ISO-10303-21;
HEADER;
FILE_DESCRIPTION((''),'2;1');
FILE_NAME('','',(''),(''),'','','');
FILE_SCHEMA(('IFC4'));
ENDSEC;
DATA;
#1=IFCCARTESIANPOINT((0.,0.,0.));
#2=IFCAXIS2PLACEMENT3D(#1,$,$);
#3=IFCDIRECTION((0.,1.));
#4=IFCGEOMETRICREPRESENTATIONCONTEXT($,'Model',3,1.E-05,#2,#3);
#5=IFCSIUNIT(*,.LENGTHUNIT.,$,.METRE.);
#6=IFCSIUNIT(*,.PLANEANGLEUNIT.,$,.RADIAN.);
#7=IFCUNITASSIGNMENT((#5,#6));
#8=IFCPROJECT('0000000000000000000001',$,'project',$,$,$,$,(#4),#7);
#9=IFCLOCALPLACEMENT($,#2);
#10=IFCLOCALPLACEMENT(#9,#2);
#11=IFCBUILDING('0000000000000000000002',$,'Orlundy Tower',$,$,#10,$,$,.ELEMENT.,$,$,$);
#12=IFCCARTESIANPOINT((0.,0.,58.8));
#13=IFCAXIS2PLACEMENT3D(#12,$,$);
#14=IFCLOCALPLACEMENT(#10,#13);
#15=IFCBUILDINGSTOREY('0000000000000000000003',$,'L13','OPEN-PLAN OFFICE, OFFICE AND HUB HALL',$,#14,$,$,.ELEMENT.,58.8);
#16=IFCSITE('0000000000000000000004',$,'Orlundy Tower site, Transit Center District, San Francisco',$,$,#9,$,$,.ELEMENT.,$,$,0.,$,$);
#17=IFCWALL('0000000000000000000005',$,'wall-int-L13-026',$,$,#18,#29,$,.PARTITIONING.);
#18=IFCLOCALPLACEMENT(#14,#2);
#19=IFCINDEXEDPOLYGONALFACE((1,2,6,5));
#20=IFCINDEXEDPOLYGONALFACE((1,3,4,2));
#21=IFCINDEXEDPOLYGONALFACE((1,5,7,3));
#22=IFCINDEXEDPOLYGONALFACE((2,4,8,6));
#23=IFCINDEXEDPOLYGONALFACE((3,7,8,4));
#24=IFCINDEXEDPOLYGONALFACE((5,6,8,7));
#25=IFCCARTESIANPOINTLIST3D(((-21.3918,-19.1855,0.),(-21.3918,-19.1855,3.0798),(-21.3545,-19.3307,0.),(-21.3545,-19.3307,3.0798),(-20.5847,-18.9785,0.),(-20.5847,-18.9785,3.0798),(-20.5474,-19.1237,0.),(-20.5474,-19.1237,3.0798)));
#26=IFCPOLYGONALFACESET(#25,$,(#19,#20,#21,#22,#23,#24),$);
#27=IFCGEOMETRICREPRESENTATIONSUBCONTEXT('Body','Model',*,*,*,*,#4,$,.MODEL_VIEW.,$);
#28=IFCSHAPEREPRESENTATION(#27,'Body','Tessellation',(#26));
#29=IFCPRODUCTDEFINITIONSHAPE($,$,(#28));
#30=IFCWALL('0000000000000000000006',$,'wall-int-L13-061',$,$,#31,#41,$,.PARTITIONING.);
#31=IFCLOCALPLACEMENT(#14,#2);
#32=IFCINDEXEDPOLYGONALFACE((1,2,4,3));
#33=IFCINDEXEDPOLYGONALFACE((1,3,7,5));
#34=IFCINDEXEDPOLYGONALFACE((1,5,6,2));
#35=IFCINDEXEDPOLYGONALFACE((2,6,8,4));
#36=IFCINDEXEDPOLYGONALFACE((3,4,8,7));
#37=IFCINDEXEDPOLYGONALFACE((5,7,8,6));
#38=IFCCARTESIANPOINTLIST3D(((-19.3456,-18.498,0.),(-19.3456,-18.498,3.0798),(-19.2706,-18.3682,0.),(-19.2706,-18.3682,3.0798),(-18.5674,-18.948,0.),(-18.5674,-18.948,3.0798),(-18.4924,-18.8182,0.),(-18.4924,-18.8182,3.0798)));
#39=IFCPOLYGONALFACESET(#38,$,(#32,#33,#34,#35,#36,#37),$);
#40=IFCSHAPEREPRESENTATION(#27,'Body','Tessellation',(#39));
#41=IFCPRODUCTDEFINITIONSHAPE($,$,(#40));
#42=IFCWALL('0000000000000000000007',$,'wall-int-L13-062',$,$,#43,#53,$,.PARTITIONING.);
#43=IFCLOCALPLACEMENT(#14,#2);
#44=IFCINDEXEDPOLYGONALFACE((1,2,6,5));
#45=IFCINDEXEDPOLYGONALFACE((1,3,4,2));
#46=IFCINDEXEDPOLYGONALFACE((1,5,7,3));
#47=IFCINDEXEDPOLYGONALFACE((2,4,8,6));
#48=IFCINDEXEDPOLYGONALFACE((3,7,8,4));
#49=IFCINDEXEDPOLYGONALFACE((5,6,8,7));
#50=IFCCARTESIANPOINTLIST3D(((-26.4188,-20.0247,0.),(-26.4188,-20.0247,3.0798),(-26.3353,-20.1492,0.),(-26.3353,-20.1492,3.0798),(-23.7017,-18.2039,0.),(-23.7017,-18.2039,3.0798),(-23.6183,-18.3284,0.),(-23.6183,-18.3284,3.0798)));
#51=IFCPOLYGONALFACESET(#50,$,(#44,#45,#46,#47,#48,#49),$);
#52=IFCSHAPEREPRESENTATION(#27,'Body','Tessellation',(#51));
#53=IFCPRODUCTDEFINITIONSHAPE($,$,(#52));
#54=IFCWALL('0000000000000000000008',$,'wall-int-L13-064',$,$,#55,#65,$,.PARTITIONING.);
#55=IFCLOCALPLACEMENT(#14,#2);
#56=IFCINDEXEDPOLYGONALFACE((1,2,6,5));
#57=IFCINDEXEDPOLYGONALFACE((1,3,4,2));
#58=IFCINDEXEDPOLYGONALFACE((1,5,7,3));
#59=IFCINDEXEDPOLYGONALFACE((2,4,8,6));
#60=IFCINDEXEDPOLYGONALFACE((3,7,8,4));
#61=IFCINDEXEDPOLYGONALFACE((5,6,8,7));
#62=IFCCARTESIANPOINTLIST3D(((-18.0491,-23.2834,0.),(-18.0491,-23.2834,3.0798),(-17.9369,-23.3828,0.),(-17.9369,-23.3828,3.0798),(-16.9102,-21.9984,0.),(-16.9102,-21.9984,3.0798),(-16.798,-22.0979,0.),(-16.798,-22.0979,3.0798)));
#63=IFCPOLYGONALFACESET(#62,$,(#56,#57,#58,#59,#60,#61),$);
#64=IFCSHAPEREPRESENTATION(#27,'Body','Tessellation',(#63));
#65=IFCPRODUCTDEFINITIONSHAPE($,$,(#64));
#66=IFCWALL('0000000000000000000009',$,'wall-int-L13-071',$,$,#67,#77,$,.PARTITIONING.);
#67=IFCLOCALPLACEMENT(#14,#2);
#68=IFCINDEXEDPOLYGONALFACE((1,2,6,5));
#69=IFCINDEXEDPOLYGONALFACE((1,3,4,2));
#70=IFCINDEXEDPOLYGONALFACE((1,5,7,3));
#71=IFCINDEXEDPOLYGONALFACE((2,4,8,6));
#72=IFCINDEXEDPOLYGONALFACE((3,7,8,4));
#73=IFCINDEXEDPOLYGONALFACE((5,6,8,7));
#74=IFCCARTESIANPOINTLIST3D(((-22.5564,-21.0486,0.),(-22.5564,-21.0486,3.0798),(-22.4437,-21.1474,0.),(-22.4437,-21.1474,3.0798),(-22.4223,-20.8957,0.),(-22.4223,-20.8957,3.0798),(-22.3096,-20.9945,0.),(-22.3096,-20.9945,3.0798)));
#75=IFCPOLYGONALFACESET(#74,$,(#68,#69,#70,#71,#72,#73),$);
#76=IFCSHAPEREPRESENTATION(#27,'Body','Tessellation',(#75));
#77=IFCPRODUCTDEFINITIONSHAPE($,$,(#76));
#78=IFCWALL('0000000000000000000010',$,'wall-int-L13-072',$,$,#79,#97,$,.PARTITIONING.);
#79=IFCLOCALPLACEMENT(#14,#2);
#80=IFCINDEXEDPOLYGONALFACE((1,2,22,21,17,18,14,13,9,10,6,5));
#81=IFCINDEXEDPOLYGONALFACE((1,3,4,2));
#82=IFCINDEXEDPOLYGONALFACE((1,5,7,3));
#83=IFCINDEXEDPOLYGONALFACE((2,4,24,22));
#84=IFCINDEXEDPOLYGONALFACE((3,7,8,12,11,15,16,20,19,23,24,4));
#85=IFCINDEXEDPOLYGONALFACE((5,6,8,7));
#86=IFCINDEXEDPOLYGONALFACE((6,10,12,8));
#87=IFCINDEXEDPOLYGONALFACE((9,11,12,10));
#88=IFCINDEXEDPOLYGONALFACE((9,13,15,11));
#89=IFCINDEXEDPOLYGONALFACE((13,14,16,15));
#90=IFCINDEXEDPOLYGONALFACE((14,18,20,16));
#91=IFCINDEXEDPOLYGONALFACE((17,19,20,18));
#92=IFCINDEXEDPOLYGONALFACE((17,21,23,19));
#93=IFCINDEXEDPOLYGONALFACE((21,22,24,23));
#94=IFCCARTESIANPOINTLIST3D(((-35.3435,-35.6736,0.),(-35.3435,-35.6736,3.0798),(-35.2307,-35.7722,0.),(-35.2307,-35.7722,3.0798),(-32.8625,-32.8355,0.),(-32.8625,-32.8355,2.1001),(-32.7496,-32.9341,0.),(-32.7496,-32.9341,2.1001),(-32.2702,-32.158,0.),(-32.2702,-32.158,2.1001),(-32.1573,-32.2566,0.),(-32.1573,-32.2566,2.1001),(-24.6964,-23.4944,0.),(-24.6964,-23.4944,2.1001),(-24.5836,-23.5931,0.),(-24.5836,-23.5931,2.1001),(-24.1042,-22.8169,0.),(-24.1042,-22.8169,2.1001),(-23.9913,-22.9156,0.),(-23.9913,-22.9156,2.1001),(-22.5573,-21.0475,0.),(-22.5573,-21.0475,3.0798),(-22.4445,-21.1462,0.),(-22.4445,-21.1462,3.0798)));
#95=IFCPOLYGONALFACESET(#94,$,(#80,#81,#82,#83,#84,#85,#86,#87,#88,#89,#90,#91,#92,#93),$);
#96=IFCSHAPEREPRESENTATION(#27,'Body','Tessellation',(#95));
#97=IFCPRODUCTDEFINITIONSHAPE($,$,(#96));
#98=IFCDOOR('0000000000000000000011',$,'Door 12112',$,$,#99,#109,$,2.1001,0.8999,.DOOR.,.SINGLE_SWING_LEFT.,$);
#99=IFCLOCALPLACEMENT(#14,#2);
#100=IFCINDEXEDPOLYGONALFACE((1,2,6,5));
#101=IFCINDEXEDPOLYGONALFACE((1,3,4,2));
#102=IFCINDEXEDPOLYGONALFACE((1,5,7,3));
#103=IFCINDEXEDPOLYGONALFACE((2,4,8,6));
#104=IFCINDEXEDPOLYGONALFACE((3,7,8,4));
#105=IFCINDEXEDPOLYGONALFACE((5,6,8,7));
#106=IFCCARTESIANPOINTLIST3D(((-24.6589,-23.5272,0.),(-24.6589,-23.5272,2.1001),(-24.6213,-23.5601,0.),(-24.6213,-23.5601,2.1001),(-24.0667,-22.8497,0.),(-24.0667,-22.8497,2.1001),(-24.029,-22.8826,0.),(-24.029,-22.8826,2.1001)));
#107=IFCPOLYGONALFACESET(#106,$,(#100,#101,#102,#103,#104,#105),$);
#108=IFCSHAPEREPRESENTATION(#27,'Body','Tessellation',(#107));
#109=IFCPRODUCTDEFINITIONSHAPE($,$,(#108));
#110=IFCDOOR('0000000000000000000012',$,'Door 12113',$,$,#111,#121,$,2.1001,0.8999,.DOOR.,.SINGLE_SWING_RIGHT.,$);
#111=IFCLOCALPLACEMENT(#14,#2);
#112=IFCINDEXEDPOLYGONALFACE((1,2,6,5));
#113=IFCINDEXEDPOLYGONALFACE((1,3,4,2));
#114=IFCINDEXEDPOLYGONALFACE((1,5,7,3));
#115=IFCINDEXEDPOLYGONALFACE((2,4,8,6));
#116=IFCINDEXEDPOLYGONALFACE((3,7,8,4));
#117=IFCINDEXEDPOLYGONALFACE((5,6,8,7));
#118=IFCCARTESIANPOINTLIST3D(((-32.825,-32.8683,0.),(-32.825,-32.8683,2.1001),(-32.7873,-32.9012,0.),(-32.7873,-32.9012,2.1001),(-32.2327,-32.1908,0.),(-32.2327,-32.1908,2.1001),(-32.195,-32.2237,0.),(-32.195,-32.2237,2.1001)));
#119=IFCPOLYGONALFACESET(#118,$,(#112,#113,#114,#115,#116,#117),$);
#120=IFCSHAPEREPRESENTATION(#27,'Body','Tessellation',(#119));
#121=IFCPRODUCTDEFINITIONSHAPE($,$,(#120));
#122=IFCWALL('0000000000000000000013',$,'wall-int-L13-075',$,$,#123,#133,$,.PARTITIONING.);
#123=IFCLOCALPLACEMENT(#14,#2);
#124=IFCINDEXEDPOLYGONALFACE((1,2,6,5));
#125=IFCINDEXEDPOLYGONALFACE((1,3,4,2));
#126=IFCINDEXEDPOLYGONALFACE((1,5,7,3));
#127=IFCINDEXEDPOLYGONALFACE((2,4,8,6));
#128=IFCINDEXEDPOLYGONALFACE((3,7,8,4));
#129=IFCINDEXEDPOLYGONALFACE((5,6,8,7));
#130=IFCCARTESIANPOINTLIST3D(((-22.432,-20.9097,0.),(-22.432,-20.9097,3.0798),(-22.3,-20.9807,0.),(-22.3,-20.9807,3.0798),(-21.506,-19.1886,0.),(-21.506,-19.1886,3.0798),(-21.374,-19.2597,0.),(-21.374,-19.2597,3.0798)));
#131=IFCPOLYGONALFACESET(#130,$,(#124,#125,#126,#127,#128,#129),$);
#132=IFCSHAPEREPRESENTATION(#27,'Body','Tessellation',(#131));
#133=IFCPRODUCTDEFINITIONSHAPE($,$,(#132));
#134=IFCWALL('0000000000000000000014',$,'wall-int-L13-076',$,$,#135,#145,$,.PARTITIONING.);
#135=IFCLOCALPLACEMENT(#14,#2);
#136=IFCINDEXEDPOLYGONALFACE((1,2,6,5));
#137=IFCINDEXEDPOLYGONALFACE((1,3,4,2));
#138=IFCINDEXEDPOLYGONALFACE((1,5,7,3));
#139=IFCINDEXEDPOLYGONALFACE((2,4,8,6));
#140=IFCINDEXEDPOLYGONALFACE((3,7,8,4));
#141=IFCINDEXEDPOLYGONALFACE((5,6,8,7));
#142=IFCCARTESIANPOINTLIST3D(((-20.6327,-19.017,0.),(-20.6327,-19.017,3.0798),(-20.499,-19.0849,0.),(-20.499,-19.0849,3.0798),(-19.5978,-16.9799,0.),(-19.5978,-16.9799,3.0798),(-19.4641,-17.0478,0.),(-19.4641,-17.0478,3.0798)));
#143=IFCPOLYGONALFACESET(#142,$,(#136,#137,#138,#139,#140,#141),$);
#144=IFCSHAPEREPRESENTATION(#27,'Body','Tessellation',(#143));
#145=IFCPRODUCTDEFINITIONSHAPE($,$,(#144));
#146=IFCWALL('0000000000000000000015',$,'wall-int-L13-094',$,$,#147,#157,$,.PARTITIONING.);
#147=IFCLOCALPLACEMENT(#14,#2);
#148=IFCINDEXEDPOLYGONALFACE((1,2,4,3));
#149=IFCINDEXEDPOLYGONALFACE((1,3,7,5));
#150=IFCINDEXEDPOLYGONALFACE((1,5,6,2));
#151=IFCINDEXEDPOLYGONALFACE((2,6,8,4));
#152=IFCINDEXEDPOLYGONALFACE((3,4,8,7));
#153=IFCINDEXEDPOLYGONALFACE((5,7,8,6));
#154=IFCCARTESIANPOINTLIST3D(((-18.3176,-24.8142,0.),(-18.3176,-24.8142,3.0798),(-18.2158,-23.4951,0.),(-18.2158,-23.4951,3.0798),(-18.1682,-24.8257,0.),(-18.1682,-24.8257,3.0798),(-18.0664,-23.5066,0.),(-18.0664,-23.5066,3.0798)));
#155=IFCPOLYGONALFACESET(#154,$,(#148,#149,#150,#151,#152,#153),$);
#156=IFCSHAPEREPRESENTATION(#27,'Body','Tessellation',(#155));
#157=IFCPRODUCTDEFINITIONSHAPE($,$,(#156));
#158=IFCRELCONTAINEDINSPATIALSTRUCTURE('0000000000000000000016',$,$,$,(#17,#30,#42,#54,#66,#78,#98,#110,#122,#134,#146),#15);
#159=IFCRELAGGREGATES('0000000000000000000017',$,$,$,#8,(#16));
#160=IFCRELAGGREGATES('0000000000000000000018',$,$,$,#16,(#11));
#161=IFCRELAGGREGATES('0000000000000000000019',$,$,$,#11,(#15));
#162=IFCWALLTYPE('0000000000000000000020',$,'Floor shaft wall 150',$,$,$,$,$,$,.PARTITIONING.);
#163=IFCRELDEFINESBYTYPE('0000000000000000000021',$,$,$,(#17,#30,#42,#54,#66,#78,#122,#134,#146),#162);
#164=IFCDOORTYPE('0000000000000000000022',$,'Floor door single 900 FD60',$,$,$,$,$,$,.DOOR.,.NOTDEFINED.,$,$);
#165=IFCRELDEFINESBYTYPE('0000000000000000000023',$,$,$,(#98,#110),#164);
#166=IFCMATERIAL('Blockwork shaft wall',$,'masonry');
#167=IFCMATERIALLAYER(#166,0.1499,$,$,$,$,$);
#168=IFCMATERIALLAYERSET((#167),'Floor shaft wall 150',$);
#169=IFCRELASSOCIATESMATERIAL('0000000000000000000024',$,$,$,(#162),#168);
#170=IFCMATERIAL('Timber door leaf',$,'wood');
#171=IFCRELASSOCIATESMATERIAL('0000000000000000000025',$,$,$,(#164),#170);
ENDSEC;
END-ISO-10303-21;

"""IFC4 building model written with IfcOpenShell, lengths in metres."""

from ifc_helpers import new_model, si_unit, direction, frame, frame_2d, origin, place, context, subcontext, project, spatial, rectangle, extrude, material, layer, layer_set, type_object, element, fill, save


model = new_model("IFC4")

# Units and contexts
model_context = context("Model", 3, precision=1e-05, world=origin(), true_north=direction((0.0, 1.0)))
body_context = subcontext(model_context, "Body", "Model", "MODEL_VIEW")
ifc_project = project(units=[si_unit("LENGTHUNIT", "METRE"), si_unit("PLANEANGLEUNIT", "RADIAN")], contexts=[model_context])

# Site, building, storey
site_placement = place(None, origin())
site = spatial("IfcSite", under=ifc_project, at=site_placement, Name="Orlundy Tower site, Transit Center District, San Francisco", CompositionType="ELEMENT", RefElevation=0.0)
building_placement = place(site_placement, origin())
building = spatial("IfcBuilding", under=site, at=building_placement, Name="Orlundy Tower", CompositionType="ELEMENT")
storey_placement = place(building_placement, frame((0.0, 0.0, 58.8)))
storey = spatial("IfcBuildingStorey", under=building, at=storey_placement, Name="L13", Description="OPEN-PLAN OFFICE, OFFICE AND HUB HALL", CompositionType="ELEMENT", Elevation=58.8)

# Shared definitions
ifc_material_1 = material(Name="Blockwork shaft wall", Category="masonry")
ifc_layer_1 = layer(ifc_material_1, 0.1499)
ifc_layer_set_1 = layer_set([ifc_layer_1], Name="Floor shaft wall 150")
wall_type_1 = type_object("IfcWallType", Name="Floor shaft wall 150", PredefinedType="PARTITIONING", material=ifc_layer_set_1)
ifc_material_2 = material(Name="Timber door leaf", Category="wood")
door_type_1 = type_object("IfcDoorType", Name="Floor door single 900 FD60", OperationType="NOTDEFINED", PredefinedType="DOOR", material=ifc_material_2)

# Walls
wall_1_placement = place(storey_placement, frame((-21.373, -19.2581, 0.0), z_axis=(0.0, 0.0, 1.0), x_axis=(0.968642, 0.24846, 0.0)))
element("IfcWall", 1, at=wall_1_placement, inside=storey, type_object=wall_type_1, Name="wall-int-L13-026", PredefinedType="PARTITIONING", context=body_context, shape_type="SweptSolid", body=[
    extrude(rectangle(XDim=0.8333, YDim=0.1499, at=frame_2d((0.4165, 0.0))), origin(), (0.0, 0.0, 1.0), 3.0798),
])
wall_2_placement = place(storey_placement, frame((-19.3081, -18.4331, 0.0), z_axis=(0.0, 0.0, 1.0), x_axis=(0.865674, -0.500608, 0.0)))
element("IfcWall", 2, at=wall_2_placement, inside=storey, type_object=wall_type_1, Name="wall-int-L13-061", PredefinedType="PARTITIONING", context=body_context, shape_type="SweptSolid", body=[
    extrude(rectangle(XDim=0.8989, YDim=0.1499, at=frame_2d((0.4495, 0.0))), origin(), (0.0, 0.0, 1.0), 3.0798),
])
wall_3_placement = place(storey_placement, frame((-26.377, -20.0869, 0.0), z_axis=(0.0, 0.0, 1.0), x_axis=(0.830716, 0.556697, 0.0)))
element("IfcWall", 3, at=wall_3_placement, inside=storey, type_object=wall_type_1, Name="wall-int-L13-062", PredefinedType="PARTITIONING", context=body_context, shape_type="SweptSolid", body=[
    extrude(rectangle(XDim=3.2708, YDim=0.1499, at=frame_2d((1.6353, 0.0))), origin(), (0.0, 0.0, 1.0), 3.0798),
])
wall_4_placement = place(storey_placement, frame((-17.9929, -23.333, 0.0), z_axis=(0.0, 0.0, 1.0), x_axis=(0.663313, 0.748342, 0.0)))
element("IfcWall", 4, at=wall_4_placement, inside=storey, type_object=wall_type_1, Name="wall-int-L13-064", PredefinedType="PARTITIONING", context=body_context, shape_type="SweptSolid", body=[
    extrude(rectangle(XDim=1.717, YDim=0.1499, at=frame_2d((0.8584, 0.0))), origin(), (0.0, 0.0, 1.0), 3.0798),
])
wall_5_placement = place(storey_placement, frame((-22.5, -21.0979, 0.0), z_axis=(0.0, 0.0, 1.0), x_axis=(0.659354, 0.751832, 0.0)))
element("IfcWall", 5, at=wall_5_placement, inside=storey, type_object=wall_type_1, Name="wall-int-L13-071", PredefinedType="PARTITIONING", context=body_context, shape_type="SweptSolid", body=[
    extrude(rectangle(XDim=0.2034, YDim=0.1499, at=frame_2d((0.1016, 0.0))), origin(), (0.0, 0.0, 1.0), 3.0798),
])

# Wall, openings, doors
wall_6_placement = place(storey_placement, frame((-22.501, -21.0969, 0.0), z_axis=(0.0, 0.0, 1.0), x_axis=(-0.658166, -0.752872, 0.0)))
wall_6 = element("IfcWall", 6, at=wall_6_placement, inside=storey, type_object=wall_type_1, Name="wall-int-L13-072", PredefinedType="PARTITIONING", context=body_context, shape_type="SweptSolid", body=[
    extrude(rectangle(XDim=19.427, YDim=0.1499, at=frame_2d((9.7134, 0.0))), origin(), (0.0, 0.0, 1.0), 3.0798),
])
opening_1_placement = place(wall_6_placement, frame((2.3501, 0.0, 0.0)))
opening_1 = element("IfcOpeningElement", 7, at=opening_1_placement, cuts=wall_6, PredefinedType="OPENING", context=body_context, shape_type="SweptSolid", body=[
    extrude(rectangle(XDim=0.8999, YDim=2.1001, at=frame_2d((0.45, 1.05))), frame((0.0, 0.085, 0.0), z_axis=(0.0, -1.0, 0.0), x_axis=(1.0, 0.0, 0.0)), (0.0, 0.0, 1.0), 0.1699),
])
opening_2_placement = place(wall_6_placement, frame((14.7573, 0.0, 0.0)))
opening_2 = element("IfcOpeningElement", 8, at=opening_2_placement, cuts=wall_6, PredefinedType="OPENING", context=body_context, shape_type="SweptSolid", body=[
    extrude(rectangle(XDim=0.8999, YDim=2.1001, at=frame_2d((0.45, 1.05))), frame((0.0, 0.085, 0.0), z_axis=(0.0, -1.0, 0.0), x_axis=(1.0, 0.0, 0.0)), (0.0, 0.0, 1.0), 0.1699),
])
door_1_placement = place(opening_1_placement, origin())
door_1 = element("IfcDoor", 9, at=door_1_placement, inside=storey, type_object=door_type_1, Name="Door 12112", OperationType="SINGLE_SWING_LEFT", OverallHeight=2.1001, OverallWidth=0.8999, PredefinedType="DOOR", context=body_context, shape_type="SweptSolid", body=[
    extrude(rectangle(XDim=0.8999, YDim=2.1001, at=frame_2d((0.45, 1.05))), frame((0.0, 0.0249, 0.0), z_axis=(0.0, -1.0, 0.0), x_axis=(1.0, 0.0, 0.0)), (0.0, 0.0, 1.0), 0.05),
])
fill(opening_1, door_1)
door_2_placement = place(opening_2_placement, origin())
door_2 = element("IfcDoor", 10, at=door_2_placement, inside=storey, type_object=door_type_1, Name="Door 12113", OperationType="SINGLE_SWING_RIGHT", OverallHeight=2.1001, OverallWidth=0.8999, PredefinedType="DOOR", context=body_context, shape_type="SweptSolid", body=[
    extrude(rectangle(XDim=0.8999, YDim=2.1001, at=frame_2d((0.45, 1.05))), frame((0.0, 0.0249, 0.0), z_axis=(0.0, -1.0, 0.0), x_axis=(1.0, 0.0, 0.0)), (0.0, 0.0, 1.0), 0.05),
])
fill(opening_2, door_2)

# Walls
wall_7_placement = place(storey_placement, frame((-22.366, -20.9451, 0.0), z_axis=(0.0, 0.0, 1.0), x_axis=(0.473847, 0.880607, 0.0)))
element("IfcWall", 11, at=wall_7_placement, inside=storey, type_object=wall_type_1, Name="wall-int-L13-075", PredefinedType="PARTITIONING", context=body_context, shape_type="SweptSolid", body=[
    extrude(rectangle(XDim=1.9543, YDim=0.1499, at=frame_2d((0.9771, 0.0))), origin(), (0.0, 0.0, 1.0), 3.0798),
])
wall_8_placement = place(storey_placement, frame((-20.5659, -19.051, 0.0), z_axis=(0.0, 0.0, 1.0), x_axis=(0.452932, 0.891545, 0.0)))
element("IfcWall", 12, at=wall_8_placement, inside=storey, type_object=wall_type_1, Name="wall-int-L13-076", PredefinedType="PARTITIONING", context=body_context, shape_type="SweptSolid", body=[
    extrude(rectangle(XDim=2.2849, YDim=0.1499, at=frame_2d((1.1426, 0.0))), origin(), (0.0, 0.0, 1.0), 3.0798),
])
wall_9_placement = place(storey_placement, frame((-18.2429, -24.8201, 0.0), z_axis=(0.0, 0.0, 1.0), x_axis=(0.076951, 0.997035, 0.0)))
element("IfcWall", 13, at=wall_9_placement, inside=storey, type_object=wall_type_1, Name="wall-int-L13-094", PredefinedType="PARTITIONING", context=body_context, shape_type="SweptSolid", body=[
    extrude(rectangle(XDim=1.323, YDim=0.1499, at=frame_2d((0.6616, 0.0))), origin(), (0.0, 0.0, 1.0), 3.0798),
])

save(model, "model.ifc")
